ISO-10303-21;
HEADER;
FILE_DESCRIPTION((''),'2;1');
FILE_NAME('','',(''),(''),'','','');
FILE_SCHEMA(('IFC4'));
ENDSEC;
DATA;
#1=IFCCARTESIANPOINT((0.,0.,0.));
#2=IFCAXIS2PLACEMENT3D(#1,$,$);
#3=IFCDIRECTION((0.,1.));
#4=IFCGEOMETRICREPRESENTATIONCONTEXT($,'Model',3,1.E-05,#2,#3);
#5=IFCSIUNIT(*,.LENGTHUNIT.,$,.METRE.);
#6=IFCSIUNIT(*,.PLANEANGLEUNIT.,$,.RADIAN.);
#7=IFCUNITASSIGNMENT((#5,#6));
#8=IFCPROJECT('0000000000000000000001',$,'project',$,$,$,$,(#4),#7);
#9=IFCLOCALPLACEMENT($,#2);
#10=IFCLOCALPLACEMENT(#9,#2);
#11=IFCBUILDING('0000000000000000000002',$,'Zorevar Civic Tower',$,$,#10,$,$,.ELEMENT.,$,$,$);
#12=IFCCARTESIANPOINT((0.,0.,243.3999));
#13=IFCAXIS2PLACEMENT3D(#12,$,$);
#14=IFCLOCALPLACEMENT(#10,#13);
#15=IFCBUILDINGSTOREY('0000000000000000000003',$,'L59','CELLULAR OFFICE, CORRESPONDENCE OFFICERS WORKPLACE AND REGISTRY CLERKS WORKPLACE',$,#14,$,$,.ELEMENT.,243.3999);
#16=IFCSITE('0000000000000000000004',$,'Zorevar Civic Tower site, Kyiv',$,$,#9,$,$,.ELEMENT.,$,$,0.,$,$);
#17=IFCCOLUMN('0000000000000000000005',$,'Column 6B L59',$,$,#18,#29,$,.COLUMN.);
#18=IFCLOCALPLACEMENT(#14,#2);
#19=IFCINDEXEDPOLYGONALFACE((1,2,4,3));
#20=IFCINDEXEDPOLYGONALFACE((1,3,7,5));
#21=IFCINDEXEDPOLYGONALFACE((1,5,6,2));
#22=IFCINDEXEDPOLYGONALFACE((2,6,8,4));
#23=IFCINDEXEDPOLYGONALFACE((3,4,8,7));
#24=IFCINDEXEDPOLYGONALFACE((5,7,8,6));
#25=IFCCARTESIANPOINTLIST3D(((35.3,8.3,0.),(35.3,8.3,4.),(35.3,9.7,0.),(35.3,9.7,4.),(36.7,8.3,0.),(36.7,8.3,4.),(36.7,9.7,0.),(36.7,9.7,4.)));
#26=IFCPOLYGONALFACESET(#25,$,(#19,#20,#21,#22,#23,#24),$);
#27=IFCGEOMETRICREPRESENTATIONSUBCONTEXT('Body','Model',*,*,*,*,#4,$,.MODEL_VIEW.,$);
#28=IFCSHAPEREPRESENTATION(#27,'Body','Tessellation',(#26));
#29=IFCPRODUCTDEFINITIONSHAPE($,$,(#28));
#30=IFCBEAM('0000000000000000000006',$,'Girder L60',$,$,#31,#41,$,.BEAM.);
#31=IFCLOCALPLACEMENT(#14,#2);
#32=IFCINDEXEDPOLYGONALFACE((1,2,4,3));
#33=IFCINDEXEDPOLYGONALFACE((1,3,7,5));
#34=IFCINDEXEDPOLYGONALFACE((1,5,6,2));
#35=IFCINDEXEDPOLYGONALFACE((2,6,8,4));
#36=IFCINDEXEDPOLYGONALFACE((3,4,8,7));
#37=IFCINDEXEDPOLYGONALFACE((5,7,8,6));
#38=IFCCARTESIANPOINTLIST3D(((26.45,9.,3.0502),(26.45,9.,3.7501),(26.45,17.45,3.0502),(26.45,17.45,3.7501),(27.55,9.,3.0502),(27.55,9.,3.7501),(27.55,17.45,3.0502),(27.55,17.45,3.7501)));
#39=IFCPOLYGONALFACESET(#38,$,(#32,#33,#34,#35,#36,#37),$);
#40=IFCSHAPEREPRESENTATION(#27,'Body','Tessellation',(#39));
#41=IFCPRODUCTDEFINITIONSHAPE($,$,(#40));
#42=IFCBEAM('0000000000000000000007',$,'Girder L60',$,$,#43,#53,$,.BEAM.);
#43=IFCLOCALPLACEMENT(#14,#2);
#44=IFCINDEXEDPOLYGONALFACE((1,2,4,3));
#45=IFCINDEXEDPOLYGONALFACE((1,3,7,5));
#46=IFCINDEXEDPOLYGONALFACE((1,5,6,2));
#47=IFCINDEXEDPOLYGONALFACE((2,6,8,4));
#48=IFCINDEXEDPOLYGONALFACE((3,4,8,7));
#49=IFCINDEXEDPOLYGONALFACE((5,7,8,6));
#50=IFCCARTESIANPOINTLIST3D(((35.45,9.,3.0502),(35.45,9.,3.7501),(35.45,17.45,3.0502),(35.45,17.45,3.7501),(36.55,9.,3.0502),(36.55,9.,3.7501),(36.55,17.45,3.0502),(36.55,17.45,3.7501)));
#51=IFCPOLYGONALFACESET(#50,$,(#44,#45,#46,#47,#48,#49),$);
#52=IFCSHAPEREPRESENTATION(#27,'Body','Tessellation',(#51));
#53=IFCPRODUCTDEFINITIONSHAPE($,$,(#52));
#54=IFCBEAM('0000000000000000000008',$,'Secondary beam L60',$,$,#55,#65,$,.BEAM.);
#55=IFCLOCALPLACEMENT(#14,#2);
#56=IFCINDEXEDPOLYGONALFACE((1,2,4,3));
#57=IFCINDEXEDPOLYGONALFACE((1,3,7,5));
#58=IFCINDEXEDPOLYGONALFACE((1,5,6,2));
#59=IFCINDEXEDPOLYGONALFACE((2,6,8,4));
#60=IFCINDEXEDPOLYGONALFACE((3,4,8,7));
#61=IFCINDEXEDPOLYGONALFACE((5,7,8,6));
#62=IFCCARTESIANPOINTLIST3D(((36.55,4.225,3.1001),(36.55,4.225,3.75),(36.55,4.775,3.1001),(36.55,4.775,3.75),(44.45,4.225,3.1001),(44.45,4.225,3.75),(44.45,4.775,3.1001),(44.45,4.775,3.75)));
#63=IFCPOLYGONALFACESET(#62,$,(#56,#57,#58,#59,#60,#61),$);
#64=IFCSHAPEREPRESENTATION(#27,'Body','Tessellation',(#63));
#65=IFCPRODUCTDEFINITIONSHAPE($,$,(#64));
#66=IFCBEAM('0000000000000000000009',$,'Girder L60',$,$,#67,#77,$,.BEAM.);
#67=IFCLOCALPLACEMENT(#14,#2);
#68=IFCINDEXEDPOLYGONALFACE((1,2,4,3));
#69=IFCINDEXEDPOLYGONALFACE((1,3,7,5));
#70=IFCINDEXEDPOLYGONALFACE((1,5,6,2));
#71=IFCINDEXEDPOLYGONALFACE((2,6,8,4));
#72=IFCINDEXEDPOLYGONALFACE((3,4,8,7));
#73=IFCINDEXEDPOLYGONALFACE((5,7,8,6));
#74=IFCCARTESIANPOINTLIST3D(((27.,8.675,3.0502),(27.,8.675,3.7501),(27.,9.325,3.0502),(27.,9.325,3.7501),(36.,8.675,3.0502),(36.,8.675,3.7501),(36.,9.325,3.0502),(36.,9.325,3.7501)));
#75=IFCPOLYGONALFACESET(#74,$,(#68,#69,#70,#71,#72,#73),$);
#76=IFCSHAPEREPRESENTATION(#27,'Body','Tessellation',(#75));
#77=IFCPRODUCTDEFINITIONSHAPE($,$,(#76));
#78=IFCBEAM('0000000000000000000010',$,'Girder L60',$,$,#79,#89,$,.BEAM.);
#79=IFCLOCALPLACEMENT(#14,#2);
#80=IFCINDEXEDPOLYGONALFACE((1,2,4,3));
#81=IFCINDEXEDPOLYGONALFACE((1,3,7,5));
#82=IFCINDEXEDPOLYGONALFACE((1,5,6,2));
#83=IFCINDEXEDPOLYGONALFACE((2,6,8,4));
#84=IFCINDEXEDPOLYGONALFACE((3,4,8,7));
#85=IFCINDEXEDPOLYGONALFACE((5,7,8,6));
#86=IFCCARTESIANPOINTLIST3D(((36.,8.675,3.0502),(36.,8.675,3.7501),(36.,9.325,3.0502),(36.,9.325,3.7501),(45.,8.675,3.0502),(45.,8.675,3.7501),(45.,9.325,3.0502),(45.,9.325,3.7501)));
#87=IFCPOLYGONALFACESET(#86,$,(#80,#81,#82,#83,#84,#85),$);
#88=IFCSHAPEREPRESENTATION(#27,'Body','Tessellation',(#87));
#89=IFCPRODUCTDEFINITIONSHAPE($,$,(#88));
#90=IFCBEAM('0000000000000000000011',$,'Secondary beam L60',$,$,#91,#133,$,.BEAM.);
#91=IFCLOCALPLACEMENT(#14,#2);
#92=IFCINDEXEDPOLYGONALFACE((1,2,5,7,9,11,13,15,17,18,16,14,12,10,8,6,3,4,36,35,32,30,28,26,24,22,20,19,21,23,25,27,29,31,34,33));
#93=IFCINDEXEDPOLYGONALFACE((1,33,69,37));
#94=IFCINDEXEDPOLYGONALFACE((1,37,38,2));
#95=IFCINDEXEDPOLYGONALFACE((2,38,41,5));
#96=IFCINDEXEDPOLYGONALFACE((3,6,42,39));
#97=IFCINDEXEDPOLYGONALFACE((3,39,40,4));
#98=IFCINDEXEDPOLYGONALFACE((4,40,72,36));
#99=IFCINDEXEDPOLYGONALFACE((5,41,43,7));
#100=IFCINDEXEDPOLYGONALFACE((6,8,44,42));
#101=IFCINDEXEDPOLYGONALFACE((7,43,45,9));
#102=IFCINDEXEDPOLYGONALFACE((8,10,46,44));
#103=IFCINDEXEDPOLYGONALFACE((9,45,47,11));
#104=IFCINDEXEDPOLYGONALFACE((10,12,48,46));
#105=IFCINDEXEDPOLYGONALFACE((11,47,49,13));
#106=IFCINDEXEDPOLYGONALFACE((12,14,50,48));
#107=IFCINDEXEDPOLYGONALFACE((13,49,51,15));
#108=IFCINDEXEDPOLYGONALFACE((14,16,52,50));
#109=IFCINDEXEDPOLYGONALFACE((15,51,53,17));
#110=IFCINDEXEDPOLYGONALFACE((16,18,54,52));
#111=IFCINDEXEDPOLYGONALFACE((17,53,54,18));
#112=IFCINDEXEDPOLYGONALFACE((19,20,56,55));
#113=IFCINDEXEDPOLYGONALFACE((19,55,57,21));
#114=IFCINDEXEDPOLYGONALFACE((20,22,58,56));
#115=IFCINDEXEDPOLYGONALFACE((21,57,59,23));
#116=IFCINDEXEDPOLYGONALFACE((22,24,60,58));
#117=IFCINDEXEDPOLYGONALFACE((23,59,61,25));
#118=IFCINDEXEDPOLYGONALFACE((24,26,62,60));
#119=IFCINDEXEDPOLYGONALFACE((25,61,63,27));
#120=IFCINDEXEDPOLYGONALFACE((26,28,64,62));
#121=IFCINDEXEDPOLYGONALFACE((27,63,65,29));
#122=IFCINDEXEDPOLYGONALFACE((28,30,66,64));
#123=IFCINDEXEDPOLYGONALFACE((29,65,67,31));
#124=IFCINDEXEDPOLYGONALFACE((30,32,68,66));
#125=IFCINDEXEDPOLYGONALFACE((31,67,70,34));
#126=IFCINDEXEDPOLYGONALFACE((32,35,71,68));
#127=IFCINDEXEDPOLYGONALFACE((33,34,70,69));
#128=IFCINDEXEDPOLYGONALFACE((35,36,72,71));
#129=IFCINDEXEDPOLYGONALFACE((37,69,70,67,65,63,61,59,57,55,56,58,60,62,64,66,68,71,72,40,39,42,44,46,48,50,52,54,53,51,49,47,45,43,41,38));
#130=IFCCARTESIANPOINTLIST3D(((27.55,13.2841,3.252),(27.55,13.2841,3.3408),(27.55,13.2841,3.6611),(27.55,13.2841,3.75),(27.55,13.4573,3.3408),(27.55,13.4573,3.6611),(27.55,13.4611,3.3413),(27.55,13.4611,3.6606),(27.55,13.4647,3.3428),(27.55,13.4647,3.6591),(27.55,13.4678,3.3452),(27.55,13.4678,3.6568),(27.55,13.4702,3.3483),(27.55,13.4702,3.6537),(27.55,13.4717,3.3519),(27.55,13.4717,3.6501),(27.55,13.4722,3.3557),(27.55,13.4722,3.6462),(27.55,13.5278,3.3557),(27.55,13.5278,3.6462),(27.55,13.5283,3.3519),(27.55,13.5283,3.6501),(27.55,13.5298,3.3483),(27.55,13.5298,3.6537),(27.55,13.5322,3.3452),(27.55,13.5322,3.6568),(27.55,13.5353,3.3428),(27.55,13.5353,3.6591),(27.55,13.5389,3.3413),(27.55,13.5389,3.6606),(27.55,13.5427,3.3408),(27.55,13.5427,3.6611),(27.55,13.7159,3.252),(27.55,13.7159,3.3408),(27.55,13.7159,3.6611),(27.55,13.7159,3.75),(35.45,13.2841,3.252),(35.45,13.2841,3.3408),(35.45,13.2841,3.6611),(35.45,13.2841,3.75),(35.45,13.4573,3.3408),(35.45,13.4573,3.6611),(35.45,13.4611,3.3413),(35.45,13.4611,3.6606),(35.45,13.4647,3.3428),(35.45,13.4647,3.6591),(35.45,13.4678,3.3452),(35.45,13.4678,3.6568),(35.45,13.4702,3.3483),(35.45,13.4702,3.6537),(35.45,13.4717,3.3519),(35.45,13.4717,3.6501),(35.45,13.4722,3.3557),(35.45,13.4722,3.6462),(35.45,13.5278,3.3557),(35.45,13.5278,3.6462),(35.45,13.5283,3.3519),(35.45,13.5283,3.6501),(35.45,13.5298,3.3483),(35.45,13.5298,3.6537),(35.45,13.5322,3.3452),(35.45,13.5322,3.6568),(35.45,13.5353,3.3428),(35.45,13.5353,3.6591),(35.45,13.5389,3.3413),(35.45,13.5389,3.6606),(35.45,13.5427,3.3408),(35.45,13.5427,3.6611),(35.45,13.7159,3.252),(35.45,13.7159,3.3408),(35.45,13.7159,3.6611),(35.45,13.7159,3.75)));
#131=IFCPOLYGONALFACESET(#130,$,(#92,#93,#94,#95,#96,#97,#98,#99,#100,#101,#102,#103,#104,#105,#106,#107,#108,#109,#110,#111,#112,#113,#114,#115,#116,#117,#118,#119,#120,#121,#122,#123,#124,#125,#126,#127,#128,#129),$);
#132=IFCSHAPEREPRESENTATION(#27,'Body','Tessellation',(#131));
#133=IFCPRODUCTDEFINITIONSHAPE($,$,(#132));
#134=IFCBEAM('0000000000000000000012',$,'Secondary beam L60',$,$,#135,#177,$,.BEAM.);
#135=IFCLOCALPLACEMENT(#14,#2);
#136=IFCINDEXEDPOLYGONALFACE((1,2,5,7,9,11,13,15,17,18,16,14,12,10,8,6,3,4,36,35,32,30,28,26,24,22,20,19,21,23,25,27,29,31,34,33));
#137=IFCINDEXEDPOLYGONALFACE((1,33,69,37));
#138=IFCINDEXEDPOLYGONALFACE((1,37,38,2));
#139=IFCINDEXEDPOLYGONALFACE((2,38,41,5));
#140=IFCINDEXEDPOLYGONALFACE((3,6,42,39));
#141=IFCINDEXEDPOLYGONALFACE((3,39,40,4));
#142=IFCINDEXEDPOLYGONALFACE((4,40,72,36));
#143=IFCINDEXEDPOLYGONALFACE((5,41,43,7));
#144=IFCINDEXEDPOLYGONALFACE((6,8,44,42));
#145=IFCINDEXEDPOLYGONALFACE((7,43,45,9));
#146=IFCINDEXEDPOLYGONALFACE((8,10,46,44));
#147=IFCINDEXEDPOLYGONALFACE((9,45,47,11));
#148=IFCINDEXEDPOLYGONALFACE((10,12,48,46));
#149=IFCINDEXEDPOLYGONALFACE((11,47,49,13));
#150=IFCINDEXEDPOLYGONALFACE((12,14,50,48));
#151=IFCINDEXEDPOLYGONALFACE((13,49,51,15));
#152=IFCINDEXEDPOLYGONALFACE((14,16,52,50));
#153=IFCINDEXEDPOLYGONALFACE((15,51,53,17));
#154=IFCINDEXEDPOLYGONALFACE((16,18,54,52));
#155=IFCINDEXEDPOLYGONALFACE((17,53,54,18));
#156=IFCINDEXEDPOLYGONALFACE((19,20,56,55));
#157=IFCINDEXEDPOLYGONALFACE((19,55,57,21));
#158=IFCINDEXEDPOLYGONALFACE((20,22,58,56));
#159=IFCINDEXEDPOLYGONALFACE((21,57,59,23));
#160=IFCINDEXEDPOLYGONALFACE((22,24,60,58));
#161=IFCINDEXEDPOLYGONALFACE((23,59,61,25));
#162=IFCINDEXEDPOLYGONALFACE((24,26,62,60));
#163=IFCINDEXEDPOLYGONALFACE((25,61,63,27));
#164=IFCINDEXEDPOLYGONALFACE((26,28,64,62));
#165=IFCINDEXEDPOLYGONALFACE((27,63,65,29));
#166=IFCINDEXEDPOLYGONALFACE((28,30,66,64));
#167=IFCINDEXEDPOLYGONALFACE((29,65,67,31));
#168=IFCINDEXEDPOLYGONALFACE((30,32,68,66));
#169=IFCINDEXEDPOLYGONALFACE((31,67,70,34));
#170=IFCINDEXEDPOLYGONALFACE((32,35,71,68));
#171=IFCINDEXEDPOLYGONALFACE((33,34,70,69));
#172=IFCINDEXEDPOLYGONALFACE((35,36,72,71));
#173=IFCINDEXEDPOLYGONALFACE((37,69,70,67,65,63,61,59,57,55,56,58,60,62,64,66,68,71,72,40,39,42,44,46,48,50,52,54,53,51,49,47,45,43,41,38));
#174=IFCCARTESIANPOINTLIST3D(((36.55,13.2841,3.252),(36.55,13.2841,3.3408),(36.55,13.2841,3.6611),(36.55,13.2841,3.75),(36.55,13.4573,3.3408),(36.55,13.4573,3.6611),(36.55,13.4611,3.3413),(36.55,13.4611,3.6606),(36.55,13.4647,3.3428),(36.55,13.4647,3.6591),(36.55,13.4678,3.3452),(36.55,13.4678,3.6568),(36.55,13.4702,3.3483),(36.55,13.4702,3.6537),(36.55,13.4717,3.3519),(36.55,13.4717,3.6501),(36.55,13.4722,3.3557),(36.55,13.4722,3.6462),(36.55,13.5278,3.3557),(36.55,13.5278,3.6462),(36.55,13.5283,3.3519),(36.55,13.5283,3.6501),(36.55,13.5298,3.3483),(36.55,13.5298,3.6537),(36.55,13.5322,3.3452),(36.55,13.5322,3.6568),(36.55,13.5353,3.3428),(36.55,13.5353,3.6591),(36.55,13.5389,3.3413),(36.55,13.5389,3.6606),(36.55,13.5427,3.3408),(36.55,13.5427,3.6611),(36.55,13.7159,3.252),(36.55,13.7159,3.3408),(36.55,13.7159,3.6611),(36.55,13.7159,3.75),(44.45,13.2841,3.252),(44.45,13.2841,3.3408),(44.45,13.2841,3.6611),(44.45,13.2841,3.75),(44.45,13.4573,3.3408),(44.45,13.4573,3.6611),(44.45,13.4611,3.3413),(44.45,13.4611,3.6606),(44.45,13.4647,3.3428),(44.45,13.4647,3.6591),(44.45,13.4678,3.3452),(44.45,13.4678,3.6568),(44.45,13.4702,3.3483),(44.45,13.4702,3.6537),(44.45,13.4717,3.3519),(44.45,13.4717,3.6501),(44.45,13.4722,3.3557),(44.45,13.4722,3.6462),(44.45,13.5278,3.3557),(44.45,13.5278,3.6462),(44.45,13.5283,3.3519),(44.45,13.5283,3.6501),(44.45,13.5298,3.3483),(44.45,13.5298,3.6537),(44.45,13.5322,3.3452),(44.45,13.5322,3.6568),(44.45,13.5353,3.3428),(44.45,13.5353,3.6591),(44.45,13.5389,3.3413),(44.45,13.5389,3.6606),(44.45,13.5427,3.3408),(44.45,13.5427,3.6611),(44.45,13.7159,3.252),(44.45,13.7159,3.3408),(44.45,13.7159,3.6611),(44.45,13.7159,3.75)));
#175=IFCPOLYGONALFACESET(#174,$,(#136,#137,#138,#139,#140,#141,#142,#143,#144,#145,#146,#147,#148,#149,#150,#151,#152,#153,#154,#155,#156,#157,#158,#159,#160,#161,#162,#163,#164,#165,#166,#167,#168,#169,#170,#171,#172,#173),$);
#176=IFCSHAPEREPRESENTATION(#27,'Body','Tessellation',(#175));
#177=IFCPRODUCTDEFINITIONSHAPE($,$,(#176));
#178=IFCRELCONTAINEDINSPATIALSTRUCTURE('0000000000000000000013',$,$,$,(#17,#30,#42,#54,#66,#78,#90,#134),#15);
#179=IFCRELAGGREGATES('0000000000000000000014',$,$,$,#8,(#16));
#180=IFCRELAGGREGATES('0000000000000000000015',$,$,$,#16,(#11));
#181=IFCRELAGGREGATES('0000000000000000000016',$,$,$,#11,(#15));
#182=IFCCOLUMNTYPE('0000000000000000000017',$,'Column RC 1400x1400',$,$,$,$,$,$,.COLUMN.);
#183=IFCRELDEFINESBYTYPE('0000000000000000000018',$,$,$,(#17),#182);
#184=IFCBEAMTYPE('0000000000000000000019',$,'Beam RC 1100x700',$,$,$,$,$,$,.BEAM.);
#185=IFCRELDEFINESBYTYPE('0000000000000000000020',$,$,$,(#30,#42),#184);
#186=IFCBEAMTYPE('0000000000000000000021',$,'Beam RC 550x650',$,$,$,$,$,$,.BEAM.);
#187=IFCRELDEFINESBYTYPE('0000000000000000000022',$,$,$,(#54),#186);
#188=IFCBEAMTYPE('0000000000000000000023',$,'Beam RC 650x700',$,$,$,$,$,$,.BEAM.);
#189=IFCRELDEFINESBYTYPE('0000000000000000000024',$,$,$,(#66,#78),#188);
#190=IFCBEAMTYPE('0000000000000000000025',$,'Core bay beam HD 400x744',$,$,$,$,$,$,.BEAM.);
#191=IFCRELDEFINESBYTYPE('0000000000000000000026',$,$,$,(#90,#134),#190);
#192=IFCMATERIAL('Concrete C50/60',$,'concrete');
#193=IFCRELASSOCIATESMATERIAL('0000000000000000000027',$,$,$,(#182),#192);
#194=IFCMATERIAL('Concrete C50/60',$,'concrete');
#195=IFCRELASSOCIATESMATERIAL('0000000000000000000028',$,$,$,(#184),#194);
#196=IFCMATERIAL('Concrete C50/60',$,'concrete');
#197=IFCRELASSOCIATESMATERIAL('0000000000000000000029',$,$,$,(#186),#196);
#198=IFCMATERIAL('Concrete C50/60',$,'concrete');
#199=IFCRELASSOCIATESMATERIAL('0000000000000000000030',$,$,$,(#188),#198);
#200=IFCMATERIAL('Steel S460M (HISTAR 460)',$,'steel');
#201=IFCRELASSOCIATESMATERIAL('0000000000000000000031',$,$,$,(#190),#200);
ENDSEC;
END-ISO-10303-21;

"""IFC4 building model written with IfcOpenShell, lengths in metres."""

from ifc_helpers import new_model, si_unit, direction, frame, origin, origin_2d, place, context, subcontext, project, spatial, rectangle, i_section, extrude, material, material_profile, profile_set, type_object, element, save


model = new_model("IFC4")

# Units and contexts
model_context = context("Model", 3, precision=1e-05, world=origin(), true_north=direction((0.0, 1.0)))
body_context = subcontext(model_context, "Body", "Model", "MODEL_VIEW")
ifc_project = project(units=[si_unit("LENGTHUNIT", "METRE"), si_unit("PLANEANGLEUNIT", "RADIAN")], contexts=[model_context])

# Site, building, storey
site_placement = place(None, origin())
site = spatial("IfcSite", under=ifc_project, at=site_placement, Name="Zorevar Civic Tower site, Kyiv", CompositionType="ELEMENT", RefElevation=0.0)
building_placement = place(site_placement, origin())
building = spatial("IfcBuilding", under=site, at=building_placement, Name="Zorevar Civic Tower", CompositionType="ELEMENT")
storey_placement = place(building_placement, frame((0.0, 0.0, 243.3999)))
storey = spatial("IfcBuildingStorey", under=building, at=storey_placement, Name="L59", Description="CELLULAR OFFICE, CORRESPONDENCE OFFICERS WORKPLACE AND REGISTRY CLERKS WORKPLACE", CompositionType="ELEMENT", Elevation=243.3999)

# Column
ifc_material_1 = material(Name="Concrete C50/60", Category="concrete")
ifc_material_profile_1 = material_profile(ifc_material_1, rectangle(XDim=1.3999, YDim=1.3999, at=origin_2d()), Name="RC 1400x1400")
ifc_profile_set_1 = profile_set([ifc_material_profile_1], Name="Concrete C50/60")
column_type = type_object("IfcColumnType", Name="Column RC 1400x1400", PredefinedType="COLUMN", material=ifc_profile_set_1)
column_placement = place(storey_placement, frame((36.0, 9.0, 0.0), z_axis=(0.0, 0.0, 1.0), x_axis=(1.0, 0.0, 0.0)))
element("IfcColumn", 1, at=column_placement, inside=storey, type_object=column_type, Name="Column 6B L59", PredefinedType="COLUMN", context=body_context, shape_type="SweptSolid", body=[
    extrude(rectangle(XDim=1.3999, YDim=1.3999, at=origin_2d()), origin(), (0.0, 0.0, 1.0), 4.0),
])

# Beams
ifc_material_2 = material(Name="Concrete C50/60", Category="concrete")
ifc_material_profile_2 = material_profile(ifc_material_2, rectangle(XDim=1.1001, YDim=0.7, at=origin_2d()), Name="RC 1100x700")
ifc_profile_set_2 = profile_set([ifc_material_profile_2], Name="Concrete C50/60")
beam_type_1 = type_object("IfcBeamType", Name="Beam RC 1100x700", PredefinedType="BEAM", material=ifc_profile_set_2)
for number, where, z_axis, x_axis, name in (
    (2, (27.0, 9.0, 3.4001), (0.0, 1.0, 0.0), (-1.0, 0.0, 0.0), "Girder L60"),
    (3, (36.0, 9.0, 3.4001), (0.0, 1.0, 0.0), (-1.0, 0.0, 0.0), "Girder L60"),
):
    element("IfcBeam", number, at=place(storey_placement, frame(where, z_axis=z_axis, x_axis=x_axis)), inside=storey, type_object=beam_type_1, Name=name, PredefinedType="BEAM", context=body_context, shape_type="SweptSolid", body=[
        extrude(rectangle(XDim=1.1001, YDim=0.7, at=origin_2d()), origin(), (0.0, 0.0, 1.0), 8.45),
    ])
ifc_material_3 = material(Name="Concrete C50/60", Category="concrete")
ifc_material_profile_3 = material_profile(ifc_material_3, rectangle(XDim=0.55, YDim=0.6499, at=origin_2d()), Name="RC 550x650")
ifc_profile_set_3 = profile_set([ifc_material_profile_3], Name="Concrete C50/60")
beam_type_2 = type_object("IfcBeamType", Name="Beam RC 550x650", PredefinedType="BEAM", material=ifc_profile_set_3)
beam_placement = place(storey_placement, frame((36.55, 4.5, 3.425), z_axis=(1.0, 0.0, 0.0), x_axis=(0.0, 1.0, 0.0)))
element("IfcBeam", 4, at=beam_placement, inside=storey, type_object=beam_type_2, Name="Secondary beam L60", PredefinedType="BEAM", context=body_context, shape_type="SweptSolid", body=[
    extrude(rectangle(XDim=0.55, YDim=0.6499, at=origin_2d()), origin(), (0.0, 0.0, 1.0), 7.8999),
])
ifc_material_4 = material(Name="Concrete C50/60", Category="concrete")
ifc_material_profile_4 = material_profile(ifc_material_4, rectangle(XDim=0.6499, YDim=0.7, at=origin_2d()), Name="RC 650x700")
ifc_profile_set_4 = profile_set([ifc_material_profile_4], Name="Concrete C50/60")
beam_type_3 = type_object("IfcBeamType", Name="Beam RC 650x700", PredefinedType="BEAM", material=ifc_profile_set_4)
for number, where, z_axis, x_axis, name in (
    (5, (27.0, 9.0, 3.4001), (1.0, 0.0, 0.0), (0.0, 1.0, 0.0), "Girder L60"),
    (6, (36.0, 9.0, 3.4001), (1.0, 0.0, 0.0), (0.0, 1.0, 0.0), "Girder L60"),
):
    element("IfcBeam", number, at=place(storey_placement, frame(where, z_axis=z_axis, x_axis=x_axis)), inside=storey, type_object=beam_type_3, Name=name, PredefinedType="BEAM", context=body_context, shape_type="SweptSolid", body=[
        extrude(rectangle(XDim=0.6499, YDim=0.7, at=origin_2d()), origin(), (0.0, 0.0, 1.0), 9.0),
    ])
ifc_material_5 = material(Name="Steel S460M (HISTAR 460)", Category="steel")
ifc_material_profile_5 = material_profile(ifc_material_5, i_section(OverallWidth=0.4319, OverallDepth=0.498, WebThickness=0.0557, FlangeThickness=0.0889, FilletRadius=0.0149, at=origin_2d()), Name="HD 400x744")
ifc_profile_set_5 = profile_set([ifc_material_profile_5], Name="Steel S460M (HISTAR 460)")
beam_type_4 = type_object("IfcBeamType", Name="Core bay beam HD 400x744", PredefinedType="BEAM", material=ifc_profile_set_5)
for number, where, z_axis, x_axis, name in (
    (7, (27.55, 13.5, 3.501), (1.0, 0.0, 0.0), (0.0, 1.0, 0.0), "Secondary beam L60"),
    (8, (36.55, 13.5, 3.501), (1.0, 0.0, 0.0), (0.0, 1.0, 0.0), "Secondary beam L60"),
):
    element("IfcBeam", number, at=place(storey_placement, frame(where, z_axis=z_axis, x_axis=x_axis)), inside=storey, type_object=beam_type_4, Name=name, PredefinedType="BEAM", context=body_context, shape_type="SweptSolid", body=[
        extrude(i_section(OverallWidth=0.4319, OverallDepth=0.498, WebThickness=0.0557, FlangeThickness=0.0889, FilletRadius=0.0149, at=origin_2d()), origin(), (0.0, 0.0, 1.0), 7.8999),
    ])

save(model, "model.ifc")
